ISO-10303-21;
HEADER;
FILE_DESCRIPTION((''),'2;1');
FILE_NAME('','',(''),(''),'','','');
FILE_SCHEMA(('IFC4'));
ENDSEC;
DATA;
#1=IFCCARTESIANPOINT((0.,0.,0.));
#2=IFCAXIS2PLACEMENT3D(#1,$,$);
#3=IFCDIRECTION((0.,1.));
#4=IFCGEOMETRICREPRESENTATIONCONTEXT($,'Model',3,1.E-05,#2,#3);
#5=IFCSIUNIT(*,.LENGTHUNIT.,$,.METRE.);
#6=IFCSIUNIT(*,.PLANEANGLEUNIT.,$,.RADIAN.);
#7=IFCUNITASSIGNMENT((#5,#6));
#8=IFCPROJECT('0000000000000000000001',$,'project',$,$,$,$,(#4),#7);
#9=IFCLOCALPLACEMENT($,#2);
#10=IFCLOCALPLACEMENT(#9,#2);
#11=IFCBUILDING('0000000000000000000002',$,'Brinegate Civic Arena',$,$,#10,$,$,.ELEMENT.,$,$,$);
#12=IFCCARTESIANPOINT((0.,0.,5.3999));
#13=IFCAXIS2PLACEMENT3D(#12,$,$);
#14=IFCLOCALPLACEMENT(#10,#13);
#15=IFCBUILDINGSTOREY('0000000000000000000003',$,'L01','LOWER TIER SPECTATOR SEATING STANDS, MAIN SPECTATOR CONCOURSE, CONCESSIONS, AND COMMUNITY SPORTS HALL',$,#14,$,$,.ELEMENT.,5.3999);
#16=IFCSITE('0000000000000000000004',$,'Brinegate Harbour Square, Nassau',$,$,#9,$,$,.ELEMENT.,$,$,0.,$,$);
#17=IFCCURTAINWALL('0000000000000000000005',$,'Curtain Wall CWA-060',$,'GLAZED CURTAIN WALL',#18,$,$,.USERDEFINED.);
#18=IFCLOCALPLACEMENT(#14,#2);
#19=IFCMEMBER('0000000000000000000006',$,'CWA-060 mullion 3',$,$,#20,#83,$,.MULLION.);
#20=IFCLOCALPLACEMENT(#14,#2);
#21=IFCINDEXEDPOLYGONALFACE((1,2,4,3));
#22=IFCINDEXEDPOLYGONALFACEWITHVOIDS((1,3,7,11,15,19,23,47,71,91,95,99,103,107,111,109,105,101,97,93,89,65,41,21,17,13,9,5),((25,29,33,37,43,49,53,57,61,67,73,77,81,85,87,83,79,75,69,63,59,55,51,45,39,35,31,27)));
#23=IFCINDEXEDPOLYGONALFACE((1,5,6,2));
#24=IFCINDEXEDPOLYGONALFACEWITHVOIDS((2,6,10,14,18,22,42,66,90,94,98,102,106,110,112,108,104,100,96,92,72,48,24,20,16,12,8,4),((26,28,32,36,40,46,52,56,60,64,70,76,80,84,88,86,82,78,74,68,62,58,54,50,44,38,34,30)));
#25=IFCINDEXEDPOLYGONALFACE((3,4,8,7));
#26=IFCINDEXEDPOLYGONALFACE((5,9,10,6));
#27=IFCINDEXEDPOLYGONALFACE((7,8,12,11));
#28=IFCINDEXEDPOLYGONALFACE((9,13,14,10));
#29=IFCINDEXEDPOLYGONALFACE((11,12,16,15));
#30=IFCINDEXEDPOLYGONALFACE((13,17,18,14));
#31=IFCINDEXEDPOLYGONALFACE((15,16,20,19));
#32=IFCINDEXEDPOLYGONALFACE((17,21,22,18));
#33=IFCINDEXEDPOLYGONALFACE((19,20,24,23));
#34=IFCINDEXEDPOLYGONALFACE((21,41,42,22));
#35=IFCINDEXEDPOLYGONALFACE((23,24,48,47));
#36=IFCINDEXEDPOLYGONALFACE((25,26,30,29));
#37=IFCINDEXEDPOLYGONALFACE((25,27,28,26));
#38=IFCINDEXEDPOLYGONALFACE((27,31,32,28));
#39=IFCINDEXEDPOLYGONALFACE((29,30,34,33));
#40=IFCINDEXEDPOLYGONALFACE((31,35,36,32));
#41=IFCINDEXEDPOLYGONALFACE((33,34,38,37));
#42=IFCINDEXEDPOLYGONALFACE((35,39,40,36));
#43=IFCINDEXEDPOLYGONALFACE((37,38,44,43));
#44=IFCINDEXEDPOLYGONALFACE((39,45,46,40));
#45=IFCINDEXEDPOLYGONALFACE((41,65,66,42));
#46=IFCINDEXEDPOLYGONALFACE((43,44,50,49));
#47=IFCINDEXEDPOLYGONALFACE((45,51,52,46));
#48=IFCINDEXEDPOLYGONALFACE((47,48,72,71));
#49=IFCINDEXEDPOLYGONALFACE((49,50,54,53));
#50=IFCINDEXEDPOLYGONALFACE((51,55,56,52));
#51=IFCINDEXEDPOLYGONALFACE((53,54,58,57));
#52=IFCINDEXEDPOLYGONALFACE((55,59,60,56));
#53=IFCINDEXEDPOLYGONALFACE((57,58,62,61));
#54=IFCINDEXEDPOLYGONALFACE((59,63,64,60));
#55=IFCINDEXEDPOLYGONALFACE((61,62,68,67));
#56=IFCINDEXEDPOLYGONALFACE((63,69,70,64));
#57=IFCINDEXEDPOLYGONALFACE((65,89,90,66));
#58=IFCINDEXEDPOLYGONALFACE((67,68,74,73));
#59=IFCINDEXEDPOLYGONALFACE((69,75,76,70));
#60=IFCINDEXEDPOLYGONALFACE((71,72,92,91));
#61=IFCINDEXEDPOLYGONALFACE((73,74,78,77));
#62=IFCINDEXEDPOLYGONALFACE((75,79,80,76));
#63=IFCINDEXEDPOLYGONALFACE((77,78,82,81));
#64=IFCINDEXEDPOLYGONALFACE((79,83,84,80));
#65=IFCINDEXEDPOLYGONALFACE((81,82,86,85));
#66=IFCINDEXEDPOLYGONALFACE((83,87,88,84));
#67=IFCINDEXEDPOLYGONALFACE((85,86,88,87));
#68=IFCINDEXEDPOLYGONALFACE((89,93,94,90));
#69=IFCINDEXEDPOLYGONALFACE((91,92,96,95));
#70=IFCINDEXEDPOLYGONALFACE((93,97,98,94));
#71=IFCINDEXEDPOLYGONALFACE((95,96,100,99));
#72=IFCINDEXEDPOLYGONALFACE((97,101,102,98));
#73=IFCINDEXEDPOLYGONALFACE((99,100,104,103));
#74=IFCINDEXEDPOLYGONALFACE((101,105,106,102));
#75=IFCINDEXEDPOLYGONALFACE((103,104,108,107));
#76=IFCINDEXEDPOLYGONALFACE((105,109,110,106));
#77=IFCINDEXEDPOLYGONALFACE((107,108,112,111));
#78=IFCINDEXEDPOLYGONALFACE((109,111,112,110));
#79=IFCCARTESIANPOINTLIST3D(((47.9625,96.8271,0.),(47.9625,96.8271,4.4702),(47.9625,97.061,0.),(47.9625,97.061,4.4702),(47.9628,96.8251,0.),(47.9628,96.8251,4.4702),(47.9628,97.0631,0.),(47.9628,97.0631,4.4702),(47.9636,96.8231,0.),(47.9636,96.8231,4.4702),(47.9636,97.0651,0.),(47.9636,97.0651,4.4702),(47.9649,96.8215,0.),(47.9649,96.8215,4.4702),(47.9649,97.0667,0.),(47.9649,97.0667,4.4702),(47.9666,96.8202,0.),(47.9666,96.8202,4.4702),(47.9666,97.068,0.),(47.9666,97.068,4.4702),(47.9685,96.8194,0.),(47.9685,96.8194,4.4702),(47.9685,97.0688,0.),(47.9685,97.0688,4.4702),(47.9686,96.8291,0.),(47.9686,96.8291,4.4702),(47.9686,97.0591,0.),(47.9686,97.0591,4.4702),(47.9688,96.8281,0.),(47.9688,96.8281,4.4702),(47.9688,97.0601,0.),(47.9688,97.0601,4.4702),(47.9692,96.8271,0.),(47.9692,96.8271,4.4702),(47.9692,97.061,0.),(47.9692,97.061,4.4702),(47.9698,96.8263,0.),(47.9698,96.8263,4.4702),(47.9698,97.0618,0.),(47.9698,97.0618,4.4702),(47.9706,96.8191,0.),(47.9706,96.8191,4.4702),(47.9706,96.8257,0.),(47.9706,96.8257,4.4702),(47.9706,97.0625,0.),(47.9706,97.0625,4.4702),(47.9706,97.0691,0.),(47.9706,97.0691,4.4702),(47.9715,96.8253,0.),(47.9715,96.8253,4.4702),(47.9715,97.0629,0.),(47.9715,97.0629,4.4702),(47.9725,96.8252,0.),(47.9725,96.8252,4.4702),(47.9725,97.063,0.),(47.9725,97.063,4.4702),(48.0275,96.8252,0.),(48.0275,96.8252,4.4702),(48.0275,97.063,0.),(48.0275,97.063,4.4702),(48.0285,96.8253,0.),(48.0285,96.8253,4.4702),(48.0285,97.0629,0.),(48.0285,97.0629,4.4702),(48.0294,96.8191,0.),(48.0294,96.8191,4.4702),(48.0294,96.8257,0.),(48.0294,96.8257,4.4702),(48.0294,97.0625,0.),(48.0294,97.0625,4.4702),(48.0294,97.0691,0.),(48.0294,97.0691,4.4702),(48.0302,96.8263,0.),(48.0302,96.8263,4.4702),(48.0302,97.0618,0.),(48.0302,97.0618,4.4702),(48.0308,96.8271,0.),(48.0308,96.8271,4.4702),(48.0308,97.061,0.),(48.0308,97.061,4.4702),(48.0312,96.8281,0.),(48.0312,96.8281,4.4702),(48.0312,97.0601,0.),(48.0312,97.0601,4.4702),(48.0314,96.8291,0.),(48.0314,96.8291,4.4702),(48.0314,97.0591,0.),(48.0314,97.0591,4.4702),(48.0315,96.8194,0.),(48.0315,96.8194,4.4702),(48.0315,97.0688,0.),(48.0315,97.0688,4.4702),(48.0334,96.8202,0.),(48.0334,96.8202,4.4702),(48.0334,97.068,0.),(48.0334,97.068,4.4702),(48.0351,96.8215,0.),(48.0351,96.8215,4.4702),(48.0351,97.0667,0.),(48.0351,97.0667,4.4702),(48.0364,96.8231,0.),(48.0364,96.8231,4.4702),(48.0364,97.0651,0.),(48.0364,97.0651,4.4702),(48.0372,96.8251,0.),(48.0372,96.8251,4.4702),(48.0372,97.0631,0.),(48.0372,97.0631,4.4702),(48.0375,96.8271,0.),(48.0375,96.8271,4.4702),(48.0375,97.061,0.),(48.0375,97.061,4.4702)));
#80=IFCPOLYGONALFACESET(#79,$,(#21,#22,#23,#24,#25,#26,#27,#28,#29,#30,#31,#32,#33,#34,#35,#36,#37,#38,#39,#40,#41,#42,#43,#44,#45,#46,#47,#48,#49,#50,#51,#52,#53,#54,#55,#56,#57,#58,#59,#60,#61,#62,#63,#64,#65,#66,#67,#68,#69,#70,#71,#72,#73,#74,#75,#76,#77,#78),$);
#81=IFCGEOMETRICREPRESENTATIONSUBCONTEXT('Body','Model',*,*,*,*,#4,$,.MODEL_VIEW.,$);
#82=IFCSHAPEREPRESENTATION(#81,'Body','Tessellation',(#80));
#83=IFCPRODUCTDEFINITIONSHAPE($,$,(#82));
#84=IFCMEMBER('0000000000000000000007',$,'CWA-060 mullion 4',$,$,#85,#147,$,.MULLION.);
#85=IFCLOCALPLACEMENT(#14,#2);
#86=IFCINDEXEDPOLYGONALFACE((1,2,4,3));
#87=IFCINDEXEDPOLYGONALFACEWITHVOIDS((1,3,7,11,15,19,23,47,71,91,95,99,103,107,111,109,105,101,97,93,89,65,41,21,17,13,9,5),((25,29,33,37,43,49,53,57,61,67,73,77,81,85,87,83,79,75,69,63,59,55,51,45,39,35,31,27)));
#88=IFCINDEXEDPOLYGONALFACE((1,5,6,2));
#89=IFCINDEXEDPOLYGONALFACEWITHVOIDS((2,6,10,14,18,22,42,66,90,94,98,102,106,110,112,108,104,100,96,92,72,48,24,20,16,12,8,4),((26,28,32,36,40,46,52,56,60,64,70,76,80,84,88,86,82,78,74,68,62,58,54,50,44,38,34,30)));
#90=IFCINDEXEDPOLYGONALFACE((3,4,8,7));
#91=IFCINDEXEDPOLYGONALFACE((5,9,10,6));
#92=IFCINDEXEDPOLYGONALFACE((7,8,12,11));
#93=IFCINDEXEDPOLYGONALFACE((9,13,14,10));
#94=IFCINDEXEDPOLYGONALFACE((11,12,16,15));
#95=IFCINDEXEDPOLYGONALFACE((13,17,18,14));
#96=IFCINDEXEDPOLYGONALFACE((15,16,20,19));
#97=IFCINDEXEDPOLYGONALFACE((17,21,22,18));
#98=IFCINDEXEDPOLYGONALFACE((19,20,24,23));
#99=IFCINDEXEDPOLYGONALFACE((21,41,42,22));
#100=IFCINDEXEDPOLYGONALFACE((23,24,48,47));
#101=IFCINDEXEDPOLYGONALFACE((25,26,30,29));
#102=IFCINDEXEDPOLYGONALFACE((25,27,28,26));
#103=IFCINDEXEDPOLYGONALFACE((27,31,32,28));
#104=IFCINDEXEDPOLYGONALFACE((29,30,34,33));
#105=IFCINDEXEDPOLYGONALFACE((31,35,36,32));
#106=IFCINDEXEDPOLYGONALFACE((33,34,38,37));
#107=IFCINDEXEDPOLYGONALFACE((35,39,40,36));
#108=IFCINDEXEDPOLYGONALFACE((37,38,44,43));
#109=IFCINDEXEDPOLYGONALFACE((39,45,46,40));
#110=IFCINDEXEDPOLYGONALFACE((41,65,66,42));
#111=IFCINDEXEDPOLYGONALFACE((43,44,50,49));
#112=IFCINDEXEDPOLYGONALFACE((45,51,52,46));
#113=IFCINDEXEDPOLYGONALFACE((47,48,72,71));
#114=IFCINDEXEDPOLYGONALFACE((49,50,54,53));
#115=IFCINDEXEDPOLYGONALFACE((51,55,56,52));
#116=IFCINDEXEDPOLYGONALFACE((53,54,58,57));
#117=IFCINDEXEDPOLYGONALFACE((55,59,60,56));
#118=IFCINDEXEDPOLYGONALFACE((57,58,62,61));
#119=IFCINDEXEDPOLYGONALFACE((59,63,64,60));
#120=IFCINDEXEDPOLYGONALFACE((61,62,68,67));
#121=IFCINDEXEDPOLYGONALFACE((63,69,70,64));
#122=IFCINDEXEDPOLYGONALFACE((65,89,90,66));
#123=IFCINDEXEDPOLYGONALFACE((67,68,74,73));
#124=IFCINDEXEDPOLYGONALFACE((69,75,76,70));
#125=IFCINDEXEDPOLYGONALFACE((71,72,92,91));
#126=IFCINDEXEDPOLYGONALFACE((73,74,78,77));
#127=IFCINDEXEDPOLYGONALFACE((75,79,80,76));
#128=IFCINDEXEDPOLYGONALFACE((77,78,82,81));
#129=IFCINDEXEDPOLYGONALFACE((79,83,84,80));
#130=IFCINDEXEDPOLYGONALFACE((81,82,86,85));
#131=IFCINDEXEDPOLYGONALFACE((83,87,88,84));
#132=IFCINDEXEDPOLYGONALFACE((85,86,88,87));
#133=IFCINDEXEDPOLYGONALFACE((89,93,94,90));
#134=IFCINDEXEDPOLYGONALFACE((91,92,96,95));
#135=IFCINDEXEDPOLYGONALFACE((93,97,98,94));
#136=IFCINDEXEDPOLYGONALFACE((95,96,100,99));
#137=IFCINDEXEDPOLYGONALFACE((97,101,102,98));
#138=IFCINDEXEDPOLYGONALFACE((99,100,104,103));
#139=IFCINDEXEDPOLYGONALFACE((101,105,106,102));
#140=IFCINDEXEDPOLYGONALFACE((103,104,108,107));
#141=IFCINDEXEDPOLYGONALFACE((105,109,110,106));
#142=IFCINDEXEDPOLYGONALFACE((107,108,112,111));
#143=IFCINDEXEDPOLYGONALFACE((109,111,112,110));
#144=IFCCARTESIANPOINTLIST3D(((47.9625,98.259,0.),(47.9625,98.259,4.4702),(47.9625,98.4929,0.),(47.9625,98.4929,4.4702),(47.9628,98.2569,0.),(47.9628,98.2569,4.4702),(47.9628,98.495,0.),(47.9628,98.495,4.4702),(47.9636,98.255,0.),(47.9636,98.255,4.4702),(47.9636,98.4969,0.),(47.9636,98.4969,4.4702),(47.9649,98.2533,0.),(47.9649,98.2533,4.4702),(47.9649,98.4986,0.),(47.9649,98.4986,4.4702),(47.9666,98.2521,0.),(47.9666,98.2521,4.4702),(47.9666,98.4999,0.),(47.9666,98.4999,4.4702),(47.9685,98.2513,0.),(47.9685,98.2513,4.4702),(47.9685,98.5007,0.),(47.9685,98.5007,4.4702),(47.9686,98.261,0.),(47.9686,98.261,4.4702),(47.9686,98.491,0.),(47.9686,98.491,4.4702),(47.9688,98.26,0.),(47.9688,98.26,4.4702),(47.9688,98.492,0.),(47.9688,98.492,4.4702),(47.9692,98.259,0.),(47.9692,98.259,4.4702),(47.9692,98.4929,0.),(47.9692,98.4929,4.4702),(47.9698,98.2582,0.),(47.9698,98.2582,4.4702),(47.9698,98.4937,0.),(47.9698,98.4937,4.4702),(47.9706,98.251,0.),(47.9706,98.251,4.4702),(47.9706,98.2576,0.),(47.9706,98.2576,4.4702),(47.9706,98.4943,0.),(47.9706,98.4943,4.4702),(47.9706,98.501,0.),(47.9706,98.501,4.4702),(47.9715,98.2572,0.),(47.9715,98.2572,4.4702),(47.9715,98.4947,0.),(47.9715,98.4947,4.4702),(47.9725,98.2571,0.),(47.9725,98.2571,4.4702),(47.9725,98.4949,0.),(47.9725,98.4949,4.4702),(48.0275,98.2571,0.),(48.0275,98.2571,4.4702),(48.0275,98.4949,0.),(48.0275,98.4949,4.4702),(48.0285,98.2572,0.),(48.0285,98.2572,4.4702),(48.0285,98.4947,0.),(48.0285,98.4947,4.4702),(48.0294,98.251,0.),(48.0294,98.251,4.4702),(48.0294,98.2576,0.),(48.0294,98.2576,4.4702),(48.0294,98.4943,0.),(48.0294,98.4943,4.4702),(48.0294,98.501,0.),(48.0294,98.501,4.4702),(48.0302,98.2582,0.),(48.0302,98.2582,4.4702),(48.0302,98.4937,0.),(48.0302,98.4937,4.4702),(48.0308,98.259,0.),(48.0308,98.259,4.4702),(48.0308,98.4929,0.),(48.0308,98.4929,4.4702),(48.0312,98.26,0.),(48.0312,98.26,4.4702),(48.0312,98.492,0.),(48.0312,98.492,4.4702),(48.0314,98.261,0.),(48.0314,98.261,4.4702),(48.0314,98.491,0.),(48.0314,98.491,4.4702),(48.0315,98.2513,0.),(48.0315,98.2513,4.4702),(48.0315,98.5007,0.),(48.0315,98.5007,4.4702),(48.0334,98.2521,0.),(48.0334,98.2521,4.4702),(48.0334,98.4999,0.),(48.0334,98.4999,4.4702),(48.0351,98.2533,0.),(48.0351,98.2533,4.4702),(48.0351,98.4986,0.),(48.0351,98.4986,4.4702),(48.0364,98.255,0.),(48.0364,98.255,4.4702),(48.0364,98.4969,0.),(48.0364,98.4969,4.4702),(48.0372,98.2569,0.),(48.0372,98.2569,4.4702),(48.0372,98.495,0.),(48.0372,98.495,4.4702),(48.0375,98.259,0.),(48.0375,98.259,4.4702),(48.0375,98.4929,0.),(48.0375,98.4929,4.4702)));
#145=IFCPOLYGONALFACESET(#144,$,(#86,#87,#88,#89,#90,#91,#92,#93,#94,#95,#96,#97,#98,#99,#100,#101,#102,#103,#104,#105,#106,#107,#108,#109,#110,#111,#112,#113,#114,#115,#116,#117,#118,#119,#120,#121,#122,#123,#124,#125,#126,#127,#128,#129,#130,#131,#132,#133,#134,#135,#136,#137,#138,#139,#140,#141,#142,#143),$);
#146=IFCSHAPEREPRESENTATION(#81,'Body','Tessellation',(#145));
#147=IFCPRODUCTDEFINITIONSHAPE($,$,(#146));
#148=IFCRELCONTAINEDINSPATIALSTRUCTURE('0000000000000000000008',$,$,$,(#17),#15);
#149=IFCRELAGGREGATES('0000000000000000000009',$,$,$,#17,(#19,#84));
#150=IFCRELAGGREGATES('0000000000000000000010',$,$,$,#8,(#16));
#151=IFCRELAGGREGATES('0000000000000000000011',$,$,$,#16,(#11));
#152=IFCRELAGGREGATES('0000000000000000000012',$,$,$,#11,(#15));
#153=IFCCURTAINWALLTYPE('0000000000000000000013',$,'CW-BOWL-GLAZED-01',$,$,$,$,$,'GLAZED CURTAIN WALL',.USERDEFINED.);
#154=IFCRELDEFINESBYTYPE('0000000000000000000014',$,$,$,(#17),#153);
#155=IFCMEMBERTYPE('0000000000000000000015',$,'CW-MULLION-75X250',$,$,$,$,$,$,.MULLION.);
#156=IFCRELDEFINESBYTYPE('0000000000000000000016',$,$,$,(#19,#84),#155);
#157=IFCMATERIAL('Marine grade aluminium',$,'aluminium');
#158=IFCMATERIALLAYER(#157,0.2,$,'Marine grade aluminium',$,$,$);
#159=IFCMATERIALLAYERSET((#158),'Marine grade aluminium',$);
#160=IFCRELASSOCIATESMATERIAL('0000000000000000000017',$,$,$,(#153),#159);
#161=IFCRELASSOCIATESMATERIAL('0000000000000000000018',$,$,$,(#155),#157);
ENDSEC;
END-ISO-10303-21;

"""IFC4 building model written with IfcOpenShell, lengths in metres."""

from ifc_helpers import new_model, si_unit, direction, frame, origin, origin_2d, place, context, subcontext, project, spatial, hollow_rectangle, extrude, material, layer, layer_set, material_profile, profile_set, type_object, element, aggregate, save


model = new_model("IFC4")

# Units and contexts
model_context = context("Model", 3, precision=1e-05, world=origin(), true_north=direction((0.0, 1.0)))
body_context = subcontext(model_context, "Body", "Model", "MODEL_VIEW")
ifc_project = project(units=[si_unit("LENGTHUNIT", "METRE"), si_unit("PLANEANGLEUNIT", "RADIAN")], contexts=[model_context])

# Site, building, storey
site_placement = place(None, origin())
site = spatial("IfcSite", under=ifc_project, at=site_placement, Name="Brinegate Harbour Square, Nassau", CompositionType="ELEMENT", RefElevation=0.0)
building_placement = place(site_placement, origin())
building = spatial("IfcBuilding", under=site, at=building_placement, Name="Brinegate Civic Arena", CompositionType="ELEMENT")
storey_placement = place(building_placement, frame((0.0, 0.0, 5.3999)))
storey = spatial("IfcBuildingStorey", under=building, at=storey_placement, Name="L01", Description="LOWER TIER SPECTATOR SEATING STANDS, MAIN SPECTATOR CONCOURSE, CONCESSIONS, AND COMMUNITY SPORTS HALL", CompositionType="ELEMENT", Elevation=5.3999)

# Curtain wall, members
ifc_material_1 = material(Name="Marine grade aluminium", Category="aluminium")
ifc_layer_1 = layer(ifc_material_1, 0.2, Name="Marine grade aluminium")
ifc_layer_set_1 = layer_set([ifc_layer_1], Name="Marine grade aluminium")
curtain_wall_type = type_object("IfcCurtainWallType", Name="CW-BOWL-GLAZED-01", ElementType="GLAZED CURTAIN WALL", PredefinedType="USERDEFINED", material=ifc_layer_set_1)
curtain_wall_placement = place(storey_placement, origin())
curtain_wall = element("IfcCurtainWall", 1, at=curtain_wall_placement, inside=storey, type_object=curtain_wall_type, Name="Curtain Wall CWA-060", ObjectType="GLAZED CURTAIN WALL", PredefinedType="USERDEFINED")
ifc_material_profile_1 = material_profile(ifc_material_1, hollow_rectangle(XDim=0.075, YDim=0.25, WallThickness=0.0061, InnerFilletRadius=0.0039, OuterFilletRadius=0.0081, at=origin_2d()), Name="MUL75X250")
ifc_profile_set_1 = profile_set([ifc_material_profile_1], Name="Marine grade aluminium")
member_type_1 = type_object("IfcMemberType", Name="CW-MULLION-75X250", PredefinedType="MULLION", material=ifc_profile_set_1)
member_1_placement = place(storey_placement, frame((48.0, 96.9441, 0.0), z_axis=(0.0, 0.0, 1.0), x_axis=(-1.0, 0.0, 0.0)))
member_1 = element("IfcMember", 2, at=member_1_placement, type_object=member_type_1, Name="CWA-060 mullion 3", PredefinedType="MULLION", context=body_context, shape_type="SweptSolid", body=[
    extrude(hollow_rectangle(XDim=0.075, YDim=0.25, WallThickness=0.0061, InnerFilletRadius=0.0039, OuterFilletRadius=0.0081, at=origin_2d()), origin(), (0.0, 0.0, 1.0), 4.4702),
])
member_2_placement = place(storey_placement, frame((48.0, 98.376, 0.0), z_axis=(0.0, 0.0, 1.0), x_axis=(-1.0, 0.0, 0.0)))
member_2 = element("IfcMember", 3, at=member_2_placement, type_object=member_type_1, Name="CWA-060 mullion 4", PredefinedType="MULLION", context=body_context, shape_type="SweptSolid", body=[
    extrude(hollow_rectangle(XDim=0.075, YDim=0.25, WallThickness=0.0061, InnerFilletRadius=0.0039, OuterFilletRadius=0.0081, at=origin_2d()), origin(), (0.0, 0.0, 1.0), 4.4702),
])

aggregate(curtain_wall, [member_1, member_2])

save(model, "model.ifc")
